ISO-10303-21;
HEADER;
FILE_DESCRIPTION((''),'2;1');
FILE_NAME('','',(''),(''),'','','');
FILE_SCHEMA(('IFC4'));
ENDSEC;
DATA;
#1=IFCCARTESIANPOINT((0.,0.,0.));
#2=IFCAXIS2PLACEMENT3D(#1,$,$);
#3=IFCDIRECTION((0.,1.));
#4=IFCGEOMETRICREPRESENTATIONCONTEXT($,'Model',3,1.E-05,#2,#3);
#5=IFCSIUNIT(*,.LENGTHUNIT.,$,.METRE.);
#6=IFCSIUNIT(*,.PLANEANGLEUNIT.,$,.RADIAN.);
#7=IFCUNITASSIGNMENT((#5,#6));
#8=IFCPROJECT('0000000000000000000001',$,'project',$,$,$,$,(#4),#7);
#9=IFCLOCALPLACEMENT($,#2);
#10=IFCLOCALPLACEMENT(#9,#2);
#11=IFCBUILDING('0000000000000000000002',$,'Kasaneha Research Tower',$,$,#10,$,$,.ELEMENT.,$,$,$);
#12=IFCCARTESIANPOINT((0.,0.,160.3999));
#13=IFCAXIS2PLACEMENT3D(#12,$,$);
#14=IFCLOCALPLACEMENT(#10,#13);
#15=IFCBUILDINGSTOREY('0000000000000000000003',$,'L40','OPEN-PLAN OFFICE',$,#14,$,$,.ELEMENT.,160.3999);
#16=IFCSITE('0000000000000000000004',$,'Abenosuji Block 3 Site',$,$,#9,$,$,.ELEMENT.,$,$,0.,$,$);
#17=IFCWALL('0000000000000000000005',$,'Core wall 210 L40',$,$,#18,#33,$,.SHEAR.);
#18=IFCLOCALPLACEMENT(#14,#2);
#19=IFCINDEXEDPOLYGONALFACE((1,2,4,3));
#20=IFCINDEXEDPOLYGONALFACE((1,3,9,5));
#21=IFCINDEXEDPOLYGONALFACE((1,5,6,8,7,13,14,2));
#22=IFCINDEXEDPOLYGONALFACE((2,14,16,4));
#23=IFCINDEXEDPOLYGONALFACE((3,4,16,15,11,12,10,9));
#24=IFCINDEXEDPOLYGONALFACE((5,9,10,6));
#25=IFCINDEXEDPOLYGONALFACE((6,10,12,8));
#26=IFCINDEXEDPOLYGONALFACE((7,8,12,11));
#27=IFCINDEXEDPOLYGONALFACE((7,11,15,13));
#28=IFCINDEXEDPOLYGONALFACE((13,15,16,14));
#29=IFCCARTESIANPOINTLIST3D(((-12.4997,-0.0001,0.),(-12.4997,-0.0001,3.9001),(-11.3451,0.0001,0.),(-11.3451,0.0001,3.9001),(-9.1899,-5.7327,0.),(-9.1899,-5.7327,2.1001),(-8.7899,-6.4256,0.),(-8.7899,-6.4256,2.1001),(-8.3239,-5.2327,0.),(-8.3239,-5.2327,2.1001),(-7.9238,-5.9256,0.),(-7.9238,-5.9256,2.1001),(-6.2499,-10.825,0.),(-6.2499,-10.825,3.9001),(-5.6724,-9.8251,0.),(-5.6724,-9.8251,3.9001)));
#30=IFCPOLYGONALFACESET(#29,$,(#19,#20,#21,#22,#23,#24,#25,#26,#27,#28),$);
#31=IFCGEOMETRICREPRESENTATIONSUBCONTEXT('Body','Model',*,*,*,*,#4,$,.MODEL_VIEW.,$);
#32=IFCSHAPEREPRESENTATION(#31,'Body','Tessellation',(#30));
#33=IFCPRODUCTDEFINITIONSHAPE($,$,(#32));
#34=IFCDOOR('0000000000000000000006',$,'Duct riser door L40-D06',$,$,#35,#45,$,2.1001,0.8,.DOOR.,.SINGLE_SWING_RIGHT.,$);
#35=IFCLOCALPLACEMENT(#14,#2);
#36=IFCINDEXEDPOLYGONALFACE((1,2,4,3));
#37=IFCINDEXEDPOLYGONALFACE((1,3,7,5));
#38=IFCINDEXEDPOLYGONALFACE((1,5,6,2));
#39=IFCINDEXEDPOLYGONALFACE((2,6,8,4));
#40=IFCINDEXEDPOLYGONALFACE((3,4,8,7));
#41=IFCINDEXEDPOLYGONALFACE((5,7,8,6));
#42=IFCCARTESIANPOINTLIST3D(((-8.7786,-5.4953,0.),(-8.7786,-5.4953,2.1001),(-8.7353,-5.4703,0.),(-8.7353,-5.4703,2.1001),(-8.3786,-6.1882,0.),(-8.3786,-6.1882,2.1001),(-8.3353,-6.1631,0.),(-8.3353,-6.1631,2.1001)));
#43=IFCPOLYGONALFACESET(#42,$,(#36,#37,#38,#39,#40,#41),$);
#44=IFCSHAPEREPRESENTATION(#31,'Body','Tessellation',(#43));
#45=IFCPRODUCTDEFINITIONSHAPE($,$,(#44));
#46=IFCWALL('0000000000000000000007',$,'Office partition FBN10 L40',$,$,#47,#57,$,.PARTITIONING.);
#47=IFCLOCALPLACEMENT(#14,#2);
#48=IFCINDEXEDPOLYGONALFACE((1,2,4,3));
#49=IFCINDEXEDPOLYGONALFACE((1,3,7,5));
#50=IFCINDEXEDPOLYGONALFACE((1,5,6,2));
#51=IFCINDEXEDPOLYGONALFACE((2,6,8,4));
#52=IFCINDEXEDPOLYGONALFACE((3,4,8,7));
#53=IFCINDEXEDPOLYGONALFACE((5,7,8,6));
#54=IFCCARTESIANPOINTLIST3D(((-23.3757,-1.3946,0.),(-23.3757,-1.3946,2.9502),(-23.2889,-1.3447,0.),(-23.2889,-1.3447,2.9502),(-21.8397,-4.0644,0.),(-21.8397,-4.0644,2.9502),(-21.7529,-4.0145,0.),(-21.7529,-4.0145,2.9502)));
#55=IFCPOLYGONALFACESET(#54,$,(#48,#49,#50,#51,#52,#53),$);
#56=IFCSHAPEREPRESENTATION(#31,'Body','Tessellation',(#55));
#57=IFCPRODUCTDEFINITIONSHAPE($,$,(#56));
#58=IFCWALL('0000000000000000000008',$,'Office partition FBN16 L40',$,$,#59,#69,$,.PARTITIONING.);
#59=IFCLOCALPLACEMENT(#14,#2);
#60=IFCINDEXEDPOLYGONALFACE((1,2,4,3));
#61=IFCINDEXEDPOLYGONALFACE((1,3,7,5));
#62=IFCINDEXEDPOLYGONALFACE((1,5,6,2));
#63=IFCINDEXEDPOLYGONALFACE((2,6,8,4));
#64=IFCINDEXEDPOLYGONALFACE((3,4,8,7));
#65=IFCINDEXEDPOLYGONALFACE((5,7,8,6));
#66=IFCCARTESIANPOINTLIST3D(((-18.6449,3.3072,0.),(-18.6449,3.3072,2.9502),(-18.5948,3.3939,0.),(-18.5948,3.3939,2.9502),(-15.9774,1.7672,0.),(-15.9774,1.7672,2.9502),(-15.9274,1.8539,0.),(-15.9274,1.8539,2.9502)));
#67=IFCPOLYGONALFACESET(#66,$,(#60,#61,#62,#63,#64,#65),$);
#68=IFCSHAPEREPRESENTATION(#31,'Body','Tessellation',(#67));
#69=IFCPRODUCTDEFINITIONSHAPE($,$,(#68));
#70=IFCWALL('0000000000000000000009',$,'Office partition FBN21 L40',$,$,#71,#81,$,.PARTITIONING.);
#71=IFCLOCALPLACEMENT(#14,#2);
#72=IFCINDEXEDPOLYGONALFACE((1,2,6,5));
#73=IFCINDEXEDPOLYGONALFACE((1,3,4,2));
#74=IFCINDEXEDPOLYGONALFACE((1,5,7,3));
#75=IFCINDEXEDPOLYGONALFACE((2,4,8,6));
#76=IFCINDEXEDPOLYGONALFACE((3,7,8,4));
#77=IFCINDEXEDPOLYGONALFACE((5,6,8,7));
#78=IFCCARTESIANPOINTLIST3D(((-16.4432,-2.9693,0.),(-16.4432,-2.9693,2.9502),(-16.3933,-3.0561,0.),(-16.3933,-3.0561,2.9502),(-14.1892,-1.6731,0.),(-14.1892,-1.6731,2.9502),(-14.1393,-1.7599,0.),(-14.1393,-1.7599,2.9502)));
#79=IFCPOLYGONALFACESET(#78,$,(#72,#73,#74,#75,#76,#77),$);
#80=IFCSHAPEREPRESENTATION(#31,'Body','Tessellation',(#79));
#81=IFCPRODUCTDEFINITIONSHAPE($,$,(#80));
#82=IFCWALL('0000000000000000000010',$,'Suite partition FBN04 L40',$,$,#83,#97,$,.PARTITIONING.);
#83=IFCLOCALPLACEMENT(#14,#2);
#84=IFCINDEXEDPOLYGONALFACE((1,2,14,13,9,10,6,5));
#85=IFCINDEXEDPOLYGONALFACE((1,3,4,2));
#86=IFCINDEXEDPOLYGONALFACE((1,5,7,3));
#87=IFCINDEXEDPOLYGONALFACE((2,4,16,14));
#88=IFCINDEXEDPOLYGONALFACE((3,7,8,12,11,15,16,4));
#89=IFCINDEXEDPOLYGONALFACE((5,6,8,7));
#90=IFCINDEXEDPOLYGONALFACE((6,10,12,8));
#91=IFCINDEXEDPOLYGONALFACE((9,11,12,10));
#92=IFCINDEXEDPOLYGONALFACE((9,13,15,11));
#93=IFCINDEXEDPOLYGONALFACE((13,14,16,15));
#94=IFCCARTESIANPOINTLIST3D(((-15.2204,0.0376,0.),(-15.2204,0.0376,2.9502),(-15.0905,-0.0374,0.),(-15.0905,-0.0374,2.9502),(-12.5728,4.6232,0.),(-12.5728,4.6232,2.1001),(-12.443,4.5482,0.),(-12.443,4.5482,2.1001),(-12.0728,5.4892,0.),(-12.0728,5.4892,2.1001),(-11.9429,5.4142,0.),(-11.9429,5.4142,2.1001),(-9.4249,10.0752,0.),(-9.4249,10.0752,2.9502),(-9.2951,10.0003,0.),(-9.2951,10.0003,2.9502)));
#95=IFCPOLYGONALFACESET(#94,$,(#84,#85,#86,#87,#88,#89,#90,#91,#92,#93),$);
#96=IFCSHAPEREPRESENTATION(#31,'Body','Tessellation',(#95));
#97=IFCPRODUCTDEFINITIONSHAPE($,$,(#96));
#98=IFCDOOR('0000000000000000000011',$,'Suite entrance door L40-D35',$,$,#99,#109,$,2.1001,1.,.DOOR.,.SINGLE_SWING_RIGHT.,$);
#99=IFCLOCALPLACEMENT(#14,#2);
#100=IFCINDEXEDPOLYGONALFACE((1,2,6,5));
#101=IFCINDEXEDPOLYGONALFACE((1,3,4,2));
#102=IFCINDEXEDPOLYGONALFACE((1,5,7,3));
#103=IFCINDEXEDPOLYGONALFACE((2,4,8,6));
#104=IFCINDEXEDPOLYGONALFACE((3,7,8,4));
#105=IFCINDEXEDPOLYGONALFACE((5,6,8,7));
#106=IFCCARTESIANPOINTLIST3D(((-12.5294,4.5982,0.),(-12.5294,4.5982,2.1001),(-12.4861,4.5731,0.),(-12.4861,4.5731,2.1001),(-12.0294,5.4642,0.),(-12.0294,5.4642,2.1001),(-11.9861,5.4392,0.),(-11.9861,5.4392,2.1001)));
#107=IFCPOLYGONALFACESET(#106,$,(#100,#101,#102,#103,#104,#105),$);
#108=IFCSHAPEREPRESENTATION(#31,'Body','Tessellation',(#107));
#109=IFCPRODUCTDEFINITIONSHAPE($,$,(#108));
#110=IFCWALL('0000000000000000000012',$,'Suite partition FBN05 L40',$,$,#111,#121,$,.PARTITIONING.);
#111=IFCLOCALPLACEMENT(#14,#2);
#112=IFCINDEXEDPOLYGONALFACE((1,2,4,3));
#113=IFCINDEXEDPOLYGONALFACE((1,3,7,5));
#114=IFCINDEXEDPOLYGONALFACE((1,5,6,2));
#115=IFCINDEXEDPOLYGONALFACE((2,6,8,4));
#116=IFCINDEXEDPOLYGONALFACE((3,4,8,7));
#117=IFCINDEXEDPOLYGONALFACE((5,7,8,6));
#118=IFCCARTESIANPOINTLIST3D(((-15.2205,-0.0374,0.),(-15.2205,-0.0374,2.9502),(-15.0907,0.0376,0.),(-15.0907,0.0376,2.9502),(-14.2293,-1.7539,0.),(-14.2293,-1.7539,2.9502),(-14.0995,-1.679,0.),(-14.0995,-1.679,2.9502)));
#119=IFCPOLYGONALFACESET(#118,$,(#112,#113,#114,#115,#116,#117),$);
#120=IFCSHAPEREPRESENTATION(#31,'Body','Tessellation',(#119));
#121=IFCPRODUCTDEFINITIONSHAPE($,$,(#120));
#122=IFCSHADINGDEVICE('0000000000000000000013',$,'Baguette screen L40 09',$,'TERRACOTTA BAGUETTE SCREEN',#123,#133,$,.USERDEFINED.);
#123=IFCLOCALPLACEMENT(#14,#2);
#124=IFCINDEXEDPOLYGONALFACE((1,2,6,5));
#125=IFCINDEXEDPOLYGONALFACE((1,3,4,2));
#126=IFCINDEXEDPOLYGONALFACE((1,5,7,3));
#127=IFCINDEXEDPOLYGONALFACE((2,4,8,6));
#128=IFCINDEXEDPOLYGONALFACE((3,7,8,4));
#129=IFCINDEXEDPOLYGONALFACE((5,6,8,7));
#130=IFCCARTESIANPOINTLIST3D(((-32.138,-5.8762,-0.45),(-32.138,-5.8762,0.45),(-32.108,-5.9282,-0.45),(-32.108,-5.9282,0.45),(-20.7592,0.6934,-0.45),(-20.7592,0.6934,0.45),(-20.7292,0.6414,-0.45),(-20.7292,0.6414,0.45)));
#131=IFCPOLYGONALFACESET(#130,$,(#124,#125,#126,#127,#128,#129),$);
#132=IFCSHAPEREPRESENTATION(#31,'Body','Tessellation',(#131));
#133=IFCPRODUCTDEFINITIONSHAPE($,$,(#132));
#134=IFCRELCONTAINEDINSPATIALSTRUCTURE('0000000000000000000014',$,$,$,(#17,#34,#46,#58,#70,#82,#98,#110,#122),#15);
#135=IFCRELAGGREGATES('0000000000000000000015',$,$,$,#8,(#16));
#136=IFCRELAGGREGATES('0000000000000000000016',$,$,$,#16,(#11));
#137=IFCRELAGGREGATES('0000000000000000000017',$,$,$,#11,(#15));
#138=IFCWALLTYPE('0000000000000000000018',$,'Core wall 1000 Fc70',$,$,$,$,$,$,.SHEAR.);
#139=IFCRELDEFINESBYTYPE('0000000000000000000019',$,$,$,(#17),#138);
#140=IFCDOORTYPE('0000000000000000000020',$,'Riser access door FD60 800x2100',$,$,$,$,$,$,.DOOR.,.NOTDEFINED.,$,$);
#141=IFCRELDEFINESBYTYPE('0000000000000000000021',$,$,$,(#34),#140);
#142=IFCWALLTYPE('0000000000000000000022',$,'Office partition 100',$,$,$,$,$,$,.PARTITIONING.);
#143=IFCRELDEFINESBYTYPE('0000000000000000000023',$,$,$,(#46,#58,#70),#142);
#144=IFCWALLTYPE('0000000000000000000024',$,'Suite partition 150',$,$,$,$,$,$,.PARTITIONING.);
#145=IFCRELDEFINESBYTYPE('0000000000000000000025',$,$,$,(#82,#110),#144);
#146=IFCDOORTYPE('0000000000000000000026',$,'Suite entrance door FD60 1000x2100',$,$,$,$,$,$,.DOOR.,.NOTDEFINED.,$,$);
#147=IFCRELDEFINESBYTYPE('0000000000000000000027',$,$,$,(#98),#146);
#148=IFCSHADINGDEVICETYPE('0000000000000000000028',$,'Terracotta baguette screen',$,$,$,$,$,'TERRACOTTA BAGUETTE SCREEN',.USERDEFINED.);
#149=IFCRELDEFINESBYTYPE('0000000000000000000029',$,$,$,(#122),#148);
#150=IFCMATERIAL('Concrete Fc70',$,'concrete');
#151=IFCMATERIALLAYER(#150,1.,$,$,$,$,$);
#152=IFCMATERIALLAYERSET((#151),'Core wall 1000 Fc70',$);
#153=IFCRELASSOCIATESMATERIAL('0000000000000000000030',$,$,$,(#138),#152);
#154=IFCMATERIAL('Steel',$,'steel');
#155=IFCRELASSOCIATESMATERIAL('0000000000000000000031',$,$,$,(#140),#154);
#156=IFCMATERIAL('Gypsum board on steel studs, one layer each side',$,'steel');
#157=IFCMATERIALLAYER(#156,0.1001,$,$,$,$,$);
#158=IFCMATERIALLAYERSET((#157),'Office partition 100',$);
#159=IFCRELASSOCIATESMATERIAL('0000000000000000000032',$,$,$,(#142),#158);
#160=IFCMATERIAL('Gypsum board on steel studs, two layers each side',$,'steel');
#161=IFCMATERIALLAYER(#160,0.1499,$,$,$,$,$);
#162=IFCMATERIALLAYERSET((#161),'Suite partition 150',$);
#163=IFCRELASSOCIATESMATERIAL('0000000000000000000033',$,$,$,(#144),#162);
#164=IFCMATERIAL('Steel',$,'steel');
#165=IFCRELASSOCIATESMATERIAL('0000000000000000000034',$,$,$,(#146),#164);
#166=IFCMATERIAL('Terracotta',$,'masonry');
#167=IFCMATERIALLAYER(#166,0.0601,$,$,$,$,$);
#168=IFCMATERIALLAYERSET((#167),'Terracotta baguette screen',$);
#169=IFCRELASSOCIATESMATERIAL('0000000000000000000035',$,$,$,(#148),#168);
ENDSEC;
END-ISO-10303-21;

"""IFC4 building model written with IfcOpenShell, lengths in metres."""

from ifc_helpers import new_model, si_unit, direction, frame, frame_2d, origin, origin_2d, place, context, subcontext, project, spatial, polyline, rectangle, outline, extrude, material, layer, layer_set, type_object, element, fill, save


model = new_model("IFC4")

# Units and contexts
model_context = context("Model", 3, precision=1e-05, world=origin(), true_north=direction((0.0, 1.0)))
body_context = subcontext(model_context, "Body", "Model", "MODEL_VIEW")
ifc_project = project(units=[si_unit("LENGTHUNIT", "METRE"), si_unit("PLANEANGLEUNIT", "RADIAN")], contexts=[model_context])

# Site, building, storey
site_placement = place(None, origin())
site = spatial("IfcSite", under=ifc_project, at=site_placement, Name="Abenosuji Block 3 Site", CompositionType="ELEMENT", RefElevation=0.0)
building_placement = place(site_placement, origin())
building = spatial("IfcBuilding", under=site, at=building_placement, Name="Kasaneha Research Tower", CompositionType="ELEMENT")
storey_placement = place(building_placement, frame((0.0, 0.0, 160.3999)))
storey = spatial("IfcBuildingStorey", under=building, at=storey_placement, Name="L40", Description="OPEN-PLAN OFFICE", CompositionType="ELEMENT", Elevation=160.3999)

# Wall, opening, door
ifc_material_1 = material(Name="Concrete Fc70", Category="concrete")
ifc_layer_1 = layer(ifc_material_1, 1.0)
ifc_layer_set_1 = layer_set([ifc_layer_1], Name="Core wall 1000 Fc70")
wall_type_1 = type_object("IfcWallType", Name="Core wall 1000 Fc70", PredefinedType="SHEAR", material=ifc_layer_set_1)
wall_1_placement = place(storey_placement, frame((-11.9224, 0.0, 0.0), z_axis=(0.0, 0.0, 1.0), x_axis=(0.500004, -0.866023, 0.0)))
wall_1 = element("IfcWall", 1, at=wall_1_placement, inside=storey, type_object=wall_type_1, Name="Core wall 210 L40", PredefinedType="SHEAR", context=body_context, shape_type="SweptSolid", body=[
    extrude(outline(polyline([(-0.2886, -0.5), (6.3311, -0.5), (7.1311, -0.5), (12.2109, -0.5), (11.6338, 0.5), (7.1311, 0.5), (6.3311, 0.5), (0.2886, 0.5), (-0.2886, -0.5)])), origin(), (0.0, 0.0, 1.0), 3.9001),
])
opening_1_placement = place(wall_1_placement, frame((6.3311, 0.0, 0.0)))
opening_1 = element("IfcOpeningElement", 2, at=opening_1_placement, cuts=wall_1, PredefinedType="OPENING", context=body_context, shape_type="SweptSolid", body=[
    extrude(rectangle(XDim=0.8, YDim=2.1001, at=frame_2d((0.3999, 1.05))), frame((0.0, 0.51, 0.0), z_axis=(0.0, -1.0, 0.0), x_axis=(1.0, 0.0, 0.0)), (0.0, 0.0, 1.0), 1.02),
])
ifc_material_2 = material(Name="Steel", Category="steel")
door_type_1 = type_object("IfcDoorType", Name="Riser access door FD60 800x2100", OperationType="NOTDEFINED", PredefinedType="DOOR", material=ifc_material_2)
door_1_placement = place(opening_1_placement, origin())
door_1 = element("IfcDoor", 3, at=door_1_placement, inside=storey, type_object=door_type_1, Name="Duct riser door L40-D06", OperationType="SINGLE_SWING_RIGHT", OverallHeight=2.1001, OverallWidth=0.8, PredefinedType="DOOR", context=body_context, shape_type="SweptSolid", body=[
    extrude(rectangle(XDim=0.8, YDim=2.1001, at=frame_2d((0.3999, 1.05))), frame((0.0, 0.0249, 0.0), z_axis=(0.0, -1.0, 0.0), x_axis=(1.0, 0.0, 0.0)), (0.0, 0.0, 1.0), 0.05),
])
fill(opening_1, door_1)

# Walls
ifc_material_3 = material(Name="Gypsum board on steel studs, one layer each side", Category="steel")
ifc_layer_2 = layer(ifc_material_3, 0.1001)
ifc_layer_set_2 = layer_set([ifc_layer_2], Name="Office partition 100")
wall_type_2 = type_object("IfcWallType", Name="Office partition 100", PredefinedType="PARTITIONING", material=ifc_layer_set_2)
for number, where, z_axis, x_axis, name in (
    (4, (-23.3323, -1.3696, 0.0), (0.0, 0.0, 1.0), (0.498672, -0.866791, 0.0), "Office partition FBN10 L40"),
    (5, (-15.9524, 1.8105, 0.0), (0.0, 0.0, 1.0), (-0.86603, 0.499992, 0.0), "Office partition FBN16 L40"),
):
    element("IfcWall", number, at=place(storey_placement, frame(where, z_axis=z_axis, x_axis=x_axis)), inside=storey, type_object=wall_type_2, Name=name, PredefinedType="PARTITIONING", context=body_context, shape_type="SweptSolid", body=[
        extrude(rectangle(XDim=3.0801, YDim=0.1001, at=frame_2d((1.54, 0.0))), origin(), (0.0, 0.0, 1.0), 2.9502),
    ])
wall_2_placement = place(storey_placement, frame((-16.4182, -3.0127, 0.0), z_axis=(0.0, 0.0, 1.0), x_axis=(0.866882, 0.498513, 0.0)))
element("IfcWall", 6, at=wall_2_placement, inside=storey, type_object=wall_type_2, Name="Office partition FBN21 L40", PredefinedType="PARTITIONING", context=body_context, shape_type="SweptSolid", body=[
    extrude(rectangle(XDim=2.6001, YDim=0.1001, at=frame_2d((1.3, 0.0))), origin(), (0.0, 0.0, 1.0), 2.9502),
])

# Wall, opening, door
ifc_material_4 = material(Name="Gypsum board on steel studs, two layers each side", Category="steel")
ifc_layer_3 = layer(ifc_material_4, 0.1499)
ifc_layer_set_3 = layer_set([ifc_layer_3], Name="Suite partition 150")
wall_type_3 = type_object("IfcWallType", Name="Suite partition 150", PredefinedType="PARTITIONING", material=ifc_layer_set_3)
wall_3_placement = place(storey_placement, frame((-15.1555, 0.0, 0.0), z_axis=(0.0, 0.0, 1.0), x_axis=(0.500013, 0.866018, 0.0)))
wall_3 = element("IfcWall", 7, at=wall_3_placement, inside=storey, type_object=wall_type_3, Name="Suite partition FBN04 L40", PredefinedType="PARTITIONING", context=body_context, shape_type="SweptSolid", body=[
    extrude(rectangle(XDim=11.5906, YDim=0.1499, at=frame_2d((5.7954, 0.0))), origin(), (0.0, 0.0, 1.0), 2.9502),
])
opening_2_placement = place(wall_3_placement, frame((5.2952, 0.0, 0.0)))
opening_2 = element("IfcOpeningElement", 8, at=opening_2_placement, cuts=wall_3, PredefinedType="OPENING", context=body_context, shape_type="SweptSolid", body=[
    extrude(rectangle(XDim=1.0, YDim=2.1001, at=frame_2d((0.5, 1.05))), frame((0.0, 0.085, 0.0), z_axis=(0.0, -1.0, 0.0), x_axis=(1.0, 0.0, 0.0)), (0.0, 0.0, 1.0), 0.1699),
])
ifc_material_5 = material(Name="Steel", Category="steel")
door_type_2 = type_object("IfcDoorType", Name="Suite entrance door FD60 1000x2100", OperationType="NOTDEFINED", PredefinedType="DOOR", material=ifc_material_5)
door_2_placement = place(opening_2_placement, origin())
door_2 = element("IfcDoor", 9, at=door_2_placement, inside=storey, type_object=door_type_2, Name="Suite entrance door L40-D35", OperationType="SINGLE_SWING_RIGHT", OverallHeight=2.1001, OverallWidth=1.0, PredefinedType="DOOR", context=body_context, shape_type="SweptSolid", body=[
    extrude(rectangle(XDim=1.0, YDim=2.1001, at=frame_2d((0.5, 1.05))), frame((0.0, 0.0249, 0.0), z_axis=(0.0, -1.0, 0.0), x_axis=(1.0, 0.0, 0.0)), (0.0, 0.0, 1.0), 0.05),
])
fill(opening_2, door_2)

# Wall
wall_4_placement = place(storey_placement, frame((-14.1643, -1.7166, 0.0), z_axis=(0.0, 0.0, 1.0), x_axis=(-0.50006, 0.865991, 0.0)))
element("IfcWall", 10, at=wall_4_placement, inside=storey, type_object=wall_type_3, Name="Suite partition FBN05 L40", PredefinedType="PARTITIONING", context=body_context, shape_type="SweptSolid", body=[
    extrude(rectangle(XDim=1.9822, YDim=0.1499, at=frame_2d((0.9912, 0.0))), origin(), (0.0, 0.0, 1.0), 2.9502),
])

# Shading device
ifc_material_6 = material(Name="Terracotta", Category="masonry")
ifc_layer_4 = layer(ifc_material_6, 0.0601)
ifc_layer_set_4 = layer_set([ifc_layer_4], Name="Terracotta baguette screen")
shading_device_type = type_object("IfcShadingDeviceType", Name="Terracotta baguette screen", ElementType="TERRACOTTA BAGUETTE SCREEN", PredefinedType="USERDEFINED", material=ifc_layer_set_4)
shading_device_placement = place(storey_placement, frame((-26.4336, -2.6174, -0.45), z_axis=(0.0, 0.0, 1.0), x_axis=(-0.866025, -0.5, 0.0)))
element("IfcShadingDevice", 11, at=shading_device_placement, inside=storey, type_object=shading_device_type, Name="Baguette screen L40 09", ObjectType="TERRACOTTA BAGUETTE SCREEN", PredefinedType="USERDEFINED", context=body_context, shape_type="SweptSolid", body=[
    extrude(rectangle(XDim=13.1392, YDim=0.0601, at=origin_2d()), origin(), (0.0, 0.0, 1.0), 0.8999),
])

save(model, "model.ifc")
